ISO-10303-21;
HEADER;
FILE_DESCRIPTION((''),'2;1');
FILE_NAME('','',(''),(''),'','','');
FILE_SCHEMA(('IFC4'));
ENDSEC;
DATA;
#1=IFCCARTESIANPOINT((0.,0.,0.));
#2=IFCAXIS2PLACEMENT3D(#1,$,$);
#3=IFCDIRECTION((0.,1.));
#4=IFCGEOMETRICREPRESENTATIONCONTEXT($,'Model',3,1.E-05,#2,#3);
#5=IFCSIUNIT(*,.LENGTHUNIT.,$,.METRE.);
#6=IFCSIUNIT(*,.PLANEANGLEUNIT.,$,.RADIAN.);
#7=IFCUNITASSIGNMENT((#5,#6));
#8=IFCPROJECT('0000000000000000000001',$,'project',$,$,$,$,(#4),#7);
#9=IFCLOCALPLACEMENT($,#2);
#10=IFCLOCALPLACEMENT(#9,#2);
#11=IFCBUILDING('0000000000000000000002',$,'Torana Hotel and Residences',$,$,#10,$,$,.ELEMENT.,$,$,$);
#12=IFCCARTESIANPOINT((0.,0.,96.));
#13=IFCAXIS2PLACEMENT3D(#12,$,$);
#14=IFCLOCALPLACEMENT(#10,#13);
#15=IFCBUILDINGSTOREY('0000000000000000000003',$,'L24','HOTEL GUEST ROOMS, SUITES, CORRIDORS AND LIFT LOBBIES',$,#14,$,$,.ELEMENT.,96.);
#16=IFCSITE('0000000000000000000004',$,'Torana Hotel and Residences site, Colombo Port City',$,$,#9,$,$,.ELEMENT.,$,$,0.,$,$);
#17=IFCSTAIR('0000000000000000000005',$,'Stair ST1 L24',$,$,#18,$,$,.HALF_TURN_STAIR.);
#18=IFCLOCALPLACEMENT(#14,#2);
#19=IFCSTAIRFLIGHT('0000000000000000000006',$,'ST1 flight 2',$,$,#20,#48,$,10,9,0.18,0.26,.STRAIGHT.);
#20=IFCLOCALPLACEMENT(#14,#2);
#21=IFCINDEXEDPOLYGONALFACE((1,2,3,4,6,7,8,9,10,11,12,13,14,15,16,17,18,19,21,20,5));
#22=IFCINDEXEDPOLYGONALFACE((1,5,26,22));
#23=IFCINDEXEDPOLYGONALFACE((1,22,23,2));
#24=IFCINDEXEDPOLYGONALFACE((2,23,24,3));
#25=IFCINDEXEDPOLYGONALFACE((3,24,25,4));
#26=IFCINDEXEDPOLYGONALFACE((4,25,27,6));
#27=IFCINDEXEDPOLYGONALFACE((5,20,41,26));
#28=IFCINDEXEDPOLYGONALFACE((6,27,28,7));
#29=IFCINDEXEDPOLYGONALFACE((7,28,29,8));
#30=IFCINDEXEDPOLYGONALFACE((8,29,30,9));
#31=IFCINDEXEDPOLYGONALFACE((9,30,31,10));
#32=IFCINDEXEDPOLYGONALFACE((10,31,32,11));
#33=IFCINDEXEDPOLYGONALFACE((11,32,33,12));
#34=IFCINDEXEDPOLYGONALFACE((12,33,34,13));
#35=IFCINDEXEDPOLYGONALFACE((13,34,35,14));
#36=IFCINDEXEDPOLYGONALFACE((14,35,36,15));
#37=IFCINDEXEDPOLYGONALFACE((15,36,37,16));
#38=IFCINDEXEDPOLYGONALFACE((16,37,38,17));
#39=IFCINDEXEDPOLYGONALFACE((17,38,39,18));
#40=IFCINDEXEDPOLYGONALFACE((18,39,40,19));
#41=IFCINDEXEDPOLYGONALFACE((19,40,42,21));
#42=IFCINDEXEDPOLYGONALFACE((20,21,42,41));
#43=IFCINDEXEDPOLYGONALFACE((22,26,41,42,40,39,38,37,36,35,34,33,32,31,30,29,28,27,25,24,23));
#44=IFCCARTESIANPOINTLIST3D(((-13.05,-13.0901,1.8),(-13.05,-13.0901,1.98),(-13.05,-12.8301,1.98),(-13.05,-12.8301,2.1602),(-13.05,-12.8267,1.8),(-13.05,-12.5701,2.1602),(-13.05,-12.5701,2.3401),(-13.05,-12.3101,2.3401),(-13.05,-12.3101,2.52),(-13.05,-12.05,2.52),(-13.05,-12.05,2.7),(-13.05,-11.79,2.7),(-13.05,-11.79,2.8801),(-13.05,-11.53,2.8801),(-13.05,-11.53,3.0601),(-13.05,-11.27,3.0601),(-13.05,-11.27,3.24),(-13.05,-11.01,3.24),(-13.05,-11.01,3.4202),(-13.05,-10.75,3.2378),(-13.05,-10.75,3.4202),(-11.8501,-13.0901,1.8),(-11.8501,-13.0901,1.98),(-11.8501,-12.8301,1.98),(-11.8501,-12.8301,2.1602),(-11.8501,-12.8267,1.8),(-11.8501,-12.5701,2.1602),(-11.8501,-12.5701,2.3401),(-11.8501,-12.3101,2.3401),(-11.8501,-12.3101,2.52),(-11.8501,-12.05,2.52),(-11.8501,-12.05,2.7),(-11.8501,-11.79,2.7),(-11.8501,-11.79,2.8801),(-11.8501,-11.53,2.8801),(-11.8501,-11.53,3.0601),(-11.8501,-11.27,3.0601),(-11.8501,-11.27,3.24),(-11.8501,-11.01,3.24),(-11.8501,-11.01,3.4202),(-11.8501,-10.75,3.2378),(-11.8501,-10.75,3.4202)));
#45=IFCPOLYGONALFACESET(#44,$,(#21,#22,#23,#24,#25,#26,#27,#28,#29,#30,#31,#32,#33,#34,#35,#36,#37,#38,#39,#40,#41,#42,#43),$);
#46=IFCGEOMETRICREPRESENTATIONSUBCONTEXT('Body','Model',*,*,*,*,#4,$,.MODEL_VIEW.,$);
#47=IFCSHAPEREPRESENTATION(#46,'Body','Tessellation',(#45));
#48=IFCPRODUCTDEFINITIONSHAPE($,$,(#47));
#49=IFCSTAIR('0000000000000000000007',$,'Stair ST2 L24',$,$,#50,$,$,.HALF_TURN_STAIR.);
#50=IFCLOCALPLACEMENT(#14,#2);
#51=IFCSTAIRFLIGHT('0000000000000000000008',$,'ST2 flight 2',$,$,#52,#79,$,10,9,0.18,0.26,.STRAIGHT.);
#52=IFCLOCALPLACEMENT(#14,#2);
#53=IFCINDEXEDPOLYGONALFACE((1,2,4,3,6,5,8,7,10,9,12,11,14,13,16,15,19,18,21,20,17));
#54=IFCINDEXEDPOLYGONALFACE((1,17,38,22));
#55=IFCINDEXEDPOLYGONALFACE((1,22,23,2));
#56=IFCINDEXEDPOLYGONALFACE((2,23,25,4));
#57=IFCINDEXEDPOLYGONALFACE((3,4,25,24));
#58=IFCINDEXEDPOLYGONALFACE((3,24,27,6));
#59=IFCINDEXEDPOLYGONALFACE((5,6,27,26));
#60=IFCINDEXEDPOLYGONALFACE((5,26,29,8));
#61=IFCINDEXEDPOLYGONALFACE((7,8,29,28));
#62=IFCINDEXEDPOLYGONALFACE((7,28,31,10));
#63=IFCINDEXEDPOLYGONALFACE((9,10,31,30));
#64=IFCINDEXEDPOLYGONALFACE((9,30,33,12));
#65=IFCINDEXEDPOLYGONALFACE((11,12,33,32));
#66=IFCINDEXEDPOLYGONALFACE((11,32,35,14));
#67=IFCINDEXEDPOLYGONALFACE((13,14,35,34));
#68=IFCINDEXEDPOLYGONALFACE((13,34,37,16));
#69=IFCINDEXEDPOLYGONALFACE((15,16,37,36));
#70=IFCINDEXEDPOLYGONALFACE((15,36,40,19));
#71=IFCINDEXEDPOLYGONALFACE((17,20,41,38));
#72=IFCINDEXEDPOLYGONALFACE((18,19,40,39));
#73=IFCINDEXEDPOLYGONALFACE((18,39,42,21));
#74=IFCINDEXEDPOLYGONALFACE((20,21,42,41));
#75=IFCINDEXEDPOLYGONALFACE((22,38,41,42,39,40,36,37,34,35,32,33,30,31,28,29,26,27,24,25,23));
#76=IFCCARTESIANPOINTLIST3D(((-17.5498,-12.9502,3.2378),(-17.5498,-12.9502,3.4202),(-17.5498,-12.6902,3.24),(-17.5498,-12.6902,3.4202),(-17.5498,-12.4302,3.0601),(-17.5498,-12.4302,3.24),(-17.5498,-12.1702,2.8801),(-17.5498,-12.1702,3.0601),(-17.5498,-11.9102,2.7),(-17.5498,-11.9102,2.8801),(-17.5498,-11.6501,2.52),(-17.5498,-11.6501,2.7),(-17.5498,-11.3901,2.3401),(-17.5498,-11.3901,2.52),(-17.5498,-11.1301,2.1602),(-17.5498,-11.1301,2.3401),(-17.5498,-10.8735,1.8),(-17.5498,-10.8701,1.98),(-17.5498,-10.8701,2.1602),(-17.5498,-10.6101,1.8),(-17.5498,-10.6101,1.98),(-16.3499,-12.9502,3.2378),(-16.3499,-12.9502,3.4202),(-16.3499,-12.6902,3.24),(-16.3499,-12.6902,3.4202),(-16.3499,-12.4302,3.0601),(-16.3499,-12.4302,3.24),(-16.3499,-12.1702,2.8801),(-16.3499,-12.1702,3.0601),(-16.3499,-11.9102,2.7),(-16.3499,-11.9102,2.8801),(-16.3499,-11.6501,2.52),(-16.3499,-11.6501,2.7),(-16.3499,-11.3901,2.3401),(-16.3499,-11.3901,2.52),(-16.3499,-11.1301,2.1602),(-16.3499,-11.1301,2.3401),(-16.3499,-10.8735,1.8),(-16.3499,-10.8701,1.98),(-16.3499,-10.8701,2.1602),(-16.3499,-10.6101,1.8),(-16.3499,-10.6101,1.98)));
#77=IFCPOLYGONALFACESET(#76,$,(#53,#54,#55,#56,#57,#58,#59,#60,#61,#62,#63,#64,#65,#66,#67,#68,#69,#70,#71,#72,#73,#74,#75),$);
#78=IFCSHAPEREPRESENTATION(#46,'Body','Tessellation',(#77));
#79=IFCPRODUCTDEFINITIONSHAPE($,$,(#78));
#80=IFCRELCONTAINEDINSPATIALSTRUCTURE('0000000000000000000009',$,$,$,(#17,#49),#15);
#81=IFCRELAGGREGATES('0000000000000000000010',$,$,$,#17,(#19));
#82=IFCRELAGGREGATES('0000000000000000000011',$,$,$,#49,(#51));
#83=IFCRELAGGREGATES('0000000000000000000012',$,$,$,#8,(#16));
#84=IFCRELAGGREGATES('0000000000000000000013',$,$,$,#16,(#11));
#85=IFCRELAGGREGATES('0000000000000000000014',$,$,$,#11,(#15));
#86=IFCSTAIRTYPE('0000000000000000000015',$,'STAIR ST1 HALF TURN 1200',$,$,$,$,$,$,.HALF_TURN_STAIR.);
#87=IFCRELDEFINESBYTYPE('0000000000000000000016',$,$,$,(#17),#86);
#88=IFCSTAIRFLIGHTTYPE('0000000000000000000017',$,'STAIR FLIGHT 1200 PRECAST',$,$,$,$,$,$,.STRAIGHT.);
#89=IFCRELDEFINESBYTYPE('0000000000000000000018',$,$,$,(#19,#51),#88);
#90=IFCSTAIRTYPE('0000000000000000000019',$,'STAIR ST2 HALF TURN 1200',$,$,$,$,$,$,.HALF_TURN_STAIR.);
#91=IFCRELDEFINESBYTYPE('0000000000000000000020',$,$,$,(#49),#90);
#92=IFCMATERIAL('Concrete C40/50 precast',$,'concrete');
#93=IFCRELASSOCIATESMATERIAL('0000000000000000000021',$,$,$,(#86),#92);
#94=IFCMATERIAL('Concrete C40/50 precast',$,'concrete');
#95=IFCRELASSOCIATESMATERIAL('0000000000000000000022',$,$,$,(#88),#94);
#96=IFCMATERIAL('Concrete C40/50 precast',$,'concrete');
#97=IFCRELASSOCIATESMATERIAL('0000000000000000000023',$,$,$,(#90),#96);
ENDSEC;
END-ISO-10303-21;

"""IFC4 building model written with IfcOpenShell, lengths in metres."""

from ifc_helpers import new_model, si_unit, direction, frame, origin, place, context, subcontext, project, spatial, polyline, outline, extrude, material, type_object, element, aggregate, save


model = new_model("IFC4")

# Units and contexts
model_context = context("Model", 3, precision=1e-05, world=origin(), true_north=direction((0.0, 1.0)))
body_context = subcontext(model_context, "Body", "Model", "MODEL_VIEW")
ifc_project = project(units=[si_unit("LENGTHUNIT", "METRE"), si_unit("PLANEANGLEUNIT", "RADIAN")], contexts=[model_context])

# Site, building, storey
site_placement = place(None, origin())
site = spatial("IfcSite", under=ifc_project, at=site_placement, Name="Torana Hotel and Residences site, Colombo Port City", CompositionType="ELEMENT", RefElevation=0.0)
building_placement = place(site_placement, origin())
building = spatial("IfcBuilding", under=site, at=building_placement, Name="Torana Hotel and Residences", CompositionType="ELEMENT")
storey_placement = place(building_placement, frame((0.0, 0.0, 96.0)))
storey = spatial("IfcBuildingStorey", under=building, at=storey_placement, Name="L24", Description="HOTEL GUEST ROOMS, SUITES, CORRIDORS AND LIFT LOBBIES", CompositionType="ELEMENT", Elevation=96.0)

# Stair, stair flight
ifc_material_1 = material(Name="Concrete C40/50 precast", Category="concrete")
stair_type_1 = type_object("IfcStairType", Name="STAIR ST1 HALF TURN 1200", PredefinedType="HALF_TURN_STAIR", material=ifc_material_1)
stair_1_placement = place(storey_placement, origin())
stair_1 = element("IfcStair", 1, at=stair_1_placement, inside=storey, type_object=stair_type_1, Name="Stair ST1 L24", PredefinedType="HALF_TURN_STAIR")
ifc_material_2 = material(Name="Concrete C40/50 precast", Category="concrete")
stair_flight_type = type_object("IfcStairFlightType", Name="STAIR FLIGHT 1200 PRECAST", PredefinedType="STRAIGHT", material=ifc_material_2)
stair_flight_1_placement = place(storey_placement, frame((-12.45, -13.0901, 1.8), z_axis=(0.0, 0.0, 1.0), x_axis=(0.0, 1.0, 0.0)))
stair_flight_1 = element("IfcStairFlight", 2, at=stair_flight_1_placement, type_object=stair_flight_type, Name="ST1 flight 2", NumberOfRisers=10, NumberOfTreads=9, PredefinedType="STRAIGHT", RiserHeight=0.18, TreadLength=0.26, context=body_context, shape_type="SweptSolid", body=[
    extrude(outline(polyline([(0.0, 0.0), (0.0, 0.1799), (0.26, 0.1799), (0.26, 0.3601), (0.52, 0.3601), (0.52, 0.54), (0.78, 0.54), (0.78, 0.72), (1.04, 0.72), (1.04, 0.8999), (1.3, 0.8999), (1.3, 1.0801), (1.5601, 1.0801), (1.5601, 1.26), (1.8201, 1.26), (1.8201, 1.4399), (2.0801, 1.4399), (2.0801, 1.6201), (2.3401, 1.6201), (2.3401, 1.8), (2.3401, 1.4377), (0.2634, 0.0), (0.0, 0.0)])), frame((0.0, 0.6001, 0.0), z_axis=(0.0, -1.0, 0.0), x_axis=(1.0, 0.0, 0.0)), (0.0, 0.0, 1.0), 1.2),
])
aggregate(stair_1, [stair_flight_1])

# Stair, stair flight
ifc_material_3 = material(Name="Concrete C40/50 precast", Category="concrete")
stair_type_2 = type_object("IfcStairType", Name="STAIR ST2 HALF TURN 1200", PredefinedType="HALF_TURN_STAIR", material=ifc_material_3)
stair_2_placement = place(storey_placement, origin())
stair_2 = element("IfcStair", 3, at=stair_2_placement, inside=storey, type_object=stair_type_2, Name="Stair ST2 L24", PredefinedType="HALF_TURN_STAIR")
stair_flight_2_placement = place(storey_placement, frame((-16.95, -10.6101, 1.8), z_axis=(0.0, 0.0, 1.0), x_axis=(0.0, -1.0, 0.0)))
stair_flight_2 = element("IfcStairFlight", 4, at=stair_flight_2_placement, type_object=stair_flight_type, Name="ST2 flight 2", NumberOfRisers=10, NumberOfTreads=9, PredefinedType="STRAIGHT", RiserHeight=0.18, TreadLength=0.26, context=body_context, shape_type="SweptSolid", body=[
    extrude(outline(polyline([(0.0, 0.0), (0.0, 0.1799), (0.26, 0.1799), (0.26, 0.3601), (0.52, 0.3601), (0.52, 0.54), (0.78, 0.54), (0.78, 0.72), (1.04, 0.72), (1.04, 0.8999), (1.3, 0.8999), (1.3, 1.0801), (1.5601, 1.0801), (1.5601, 1.26), (1.8201, 1.26), (1.8201, 1.4399), (2.0801, 1.4399), (2.0801, 1.6201), (2.3401, 1.6201), (2.3401, 1.8), (2.3401, 1.4377), (0.2634, 0.0), (0.0, 0.0)])), frame((0.0, 0.6001, 0.0), z_axis=(0.0, -1.0, 0.0), x_axis=(1.0, 0.0, 0.0)), (0.0, 0.0, 1.0), 1.2),
])
aggregate(stair_2, [stair_flight_2])

save(model, "model.ifc")
